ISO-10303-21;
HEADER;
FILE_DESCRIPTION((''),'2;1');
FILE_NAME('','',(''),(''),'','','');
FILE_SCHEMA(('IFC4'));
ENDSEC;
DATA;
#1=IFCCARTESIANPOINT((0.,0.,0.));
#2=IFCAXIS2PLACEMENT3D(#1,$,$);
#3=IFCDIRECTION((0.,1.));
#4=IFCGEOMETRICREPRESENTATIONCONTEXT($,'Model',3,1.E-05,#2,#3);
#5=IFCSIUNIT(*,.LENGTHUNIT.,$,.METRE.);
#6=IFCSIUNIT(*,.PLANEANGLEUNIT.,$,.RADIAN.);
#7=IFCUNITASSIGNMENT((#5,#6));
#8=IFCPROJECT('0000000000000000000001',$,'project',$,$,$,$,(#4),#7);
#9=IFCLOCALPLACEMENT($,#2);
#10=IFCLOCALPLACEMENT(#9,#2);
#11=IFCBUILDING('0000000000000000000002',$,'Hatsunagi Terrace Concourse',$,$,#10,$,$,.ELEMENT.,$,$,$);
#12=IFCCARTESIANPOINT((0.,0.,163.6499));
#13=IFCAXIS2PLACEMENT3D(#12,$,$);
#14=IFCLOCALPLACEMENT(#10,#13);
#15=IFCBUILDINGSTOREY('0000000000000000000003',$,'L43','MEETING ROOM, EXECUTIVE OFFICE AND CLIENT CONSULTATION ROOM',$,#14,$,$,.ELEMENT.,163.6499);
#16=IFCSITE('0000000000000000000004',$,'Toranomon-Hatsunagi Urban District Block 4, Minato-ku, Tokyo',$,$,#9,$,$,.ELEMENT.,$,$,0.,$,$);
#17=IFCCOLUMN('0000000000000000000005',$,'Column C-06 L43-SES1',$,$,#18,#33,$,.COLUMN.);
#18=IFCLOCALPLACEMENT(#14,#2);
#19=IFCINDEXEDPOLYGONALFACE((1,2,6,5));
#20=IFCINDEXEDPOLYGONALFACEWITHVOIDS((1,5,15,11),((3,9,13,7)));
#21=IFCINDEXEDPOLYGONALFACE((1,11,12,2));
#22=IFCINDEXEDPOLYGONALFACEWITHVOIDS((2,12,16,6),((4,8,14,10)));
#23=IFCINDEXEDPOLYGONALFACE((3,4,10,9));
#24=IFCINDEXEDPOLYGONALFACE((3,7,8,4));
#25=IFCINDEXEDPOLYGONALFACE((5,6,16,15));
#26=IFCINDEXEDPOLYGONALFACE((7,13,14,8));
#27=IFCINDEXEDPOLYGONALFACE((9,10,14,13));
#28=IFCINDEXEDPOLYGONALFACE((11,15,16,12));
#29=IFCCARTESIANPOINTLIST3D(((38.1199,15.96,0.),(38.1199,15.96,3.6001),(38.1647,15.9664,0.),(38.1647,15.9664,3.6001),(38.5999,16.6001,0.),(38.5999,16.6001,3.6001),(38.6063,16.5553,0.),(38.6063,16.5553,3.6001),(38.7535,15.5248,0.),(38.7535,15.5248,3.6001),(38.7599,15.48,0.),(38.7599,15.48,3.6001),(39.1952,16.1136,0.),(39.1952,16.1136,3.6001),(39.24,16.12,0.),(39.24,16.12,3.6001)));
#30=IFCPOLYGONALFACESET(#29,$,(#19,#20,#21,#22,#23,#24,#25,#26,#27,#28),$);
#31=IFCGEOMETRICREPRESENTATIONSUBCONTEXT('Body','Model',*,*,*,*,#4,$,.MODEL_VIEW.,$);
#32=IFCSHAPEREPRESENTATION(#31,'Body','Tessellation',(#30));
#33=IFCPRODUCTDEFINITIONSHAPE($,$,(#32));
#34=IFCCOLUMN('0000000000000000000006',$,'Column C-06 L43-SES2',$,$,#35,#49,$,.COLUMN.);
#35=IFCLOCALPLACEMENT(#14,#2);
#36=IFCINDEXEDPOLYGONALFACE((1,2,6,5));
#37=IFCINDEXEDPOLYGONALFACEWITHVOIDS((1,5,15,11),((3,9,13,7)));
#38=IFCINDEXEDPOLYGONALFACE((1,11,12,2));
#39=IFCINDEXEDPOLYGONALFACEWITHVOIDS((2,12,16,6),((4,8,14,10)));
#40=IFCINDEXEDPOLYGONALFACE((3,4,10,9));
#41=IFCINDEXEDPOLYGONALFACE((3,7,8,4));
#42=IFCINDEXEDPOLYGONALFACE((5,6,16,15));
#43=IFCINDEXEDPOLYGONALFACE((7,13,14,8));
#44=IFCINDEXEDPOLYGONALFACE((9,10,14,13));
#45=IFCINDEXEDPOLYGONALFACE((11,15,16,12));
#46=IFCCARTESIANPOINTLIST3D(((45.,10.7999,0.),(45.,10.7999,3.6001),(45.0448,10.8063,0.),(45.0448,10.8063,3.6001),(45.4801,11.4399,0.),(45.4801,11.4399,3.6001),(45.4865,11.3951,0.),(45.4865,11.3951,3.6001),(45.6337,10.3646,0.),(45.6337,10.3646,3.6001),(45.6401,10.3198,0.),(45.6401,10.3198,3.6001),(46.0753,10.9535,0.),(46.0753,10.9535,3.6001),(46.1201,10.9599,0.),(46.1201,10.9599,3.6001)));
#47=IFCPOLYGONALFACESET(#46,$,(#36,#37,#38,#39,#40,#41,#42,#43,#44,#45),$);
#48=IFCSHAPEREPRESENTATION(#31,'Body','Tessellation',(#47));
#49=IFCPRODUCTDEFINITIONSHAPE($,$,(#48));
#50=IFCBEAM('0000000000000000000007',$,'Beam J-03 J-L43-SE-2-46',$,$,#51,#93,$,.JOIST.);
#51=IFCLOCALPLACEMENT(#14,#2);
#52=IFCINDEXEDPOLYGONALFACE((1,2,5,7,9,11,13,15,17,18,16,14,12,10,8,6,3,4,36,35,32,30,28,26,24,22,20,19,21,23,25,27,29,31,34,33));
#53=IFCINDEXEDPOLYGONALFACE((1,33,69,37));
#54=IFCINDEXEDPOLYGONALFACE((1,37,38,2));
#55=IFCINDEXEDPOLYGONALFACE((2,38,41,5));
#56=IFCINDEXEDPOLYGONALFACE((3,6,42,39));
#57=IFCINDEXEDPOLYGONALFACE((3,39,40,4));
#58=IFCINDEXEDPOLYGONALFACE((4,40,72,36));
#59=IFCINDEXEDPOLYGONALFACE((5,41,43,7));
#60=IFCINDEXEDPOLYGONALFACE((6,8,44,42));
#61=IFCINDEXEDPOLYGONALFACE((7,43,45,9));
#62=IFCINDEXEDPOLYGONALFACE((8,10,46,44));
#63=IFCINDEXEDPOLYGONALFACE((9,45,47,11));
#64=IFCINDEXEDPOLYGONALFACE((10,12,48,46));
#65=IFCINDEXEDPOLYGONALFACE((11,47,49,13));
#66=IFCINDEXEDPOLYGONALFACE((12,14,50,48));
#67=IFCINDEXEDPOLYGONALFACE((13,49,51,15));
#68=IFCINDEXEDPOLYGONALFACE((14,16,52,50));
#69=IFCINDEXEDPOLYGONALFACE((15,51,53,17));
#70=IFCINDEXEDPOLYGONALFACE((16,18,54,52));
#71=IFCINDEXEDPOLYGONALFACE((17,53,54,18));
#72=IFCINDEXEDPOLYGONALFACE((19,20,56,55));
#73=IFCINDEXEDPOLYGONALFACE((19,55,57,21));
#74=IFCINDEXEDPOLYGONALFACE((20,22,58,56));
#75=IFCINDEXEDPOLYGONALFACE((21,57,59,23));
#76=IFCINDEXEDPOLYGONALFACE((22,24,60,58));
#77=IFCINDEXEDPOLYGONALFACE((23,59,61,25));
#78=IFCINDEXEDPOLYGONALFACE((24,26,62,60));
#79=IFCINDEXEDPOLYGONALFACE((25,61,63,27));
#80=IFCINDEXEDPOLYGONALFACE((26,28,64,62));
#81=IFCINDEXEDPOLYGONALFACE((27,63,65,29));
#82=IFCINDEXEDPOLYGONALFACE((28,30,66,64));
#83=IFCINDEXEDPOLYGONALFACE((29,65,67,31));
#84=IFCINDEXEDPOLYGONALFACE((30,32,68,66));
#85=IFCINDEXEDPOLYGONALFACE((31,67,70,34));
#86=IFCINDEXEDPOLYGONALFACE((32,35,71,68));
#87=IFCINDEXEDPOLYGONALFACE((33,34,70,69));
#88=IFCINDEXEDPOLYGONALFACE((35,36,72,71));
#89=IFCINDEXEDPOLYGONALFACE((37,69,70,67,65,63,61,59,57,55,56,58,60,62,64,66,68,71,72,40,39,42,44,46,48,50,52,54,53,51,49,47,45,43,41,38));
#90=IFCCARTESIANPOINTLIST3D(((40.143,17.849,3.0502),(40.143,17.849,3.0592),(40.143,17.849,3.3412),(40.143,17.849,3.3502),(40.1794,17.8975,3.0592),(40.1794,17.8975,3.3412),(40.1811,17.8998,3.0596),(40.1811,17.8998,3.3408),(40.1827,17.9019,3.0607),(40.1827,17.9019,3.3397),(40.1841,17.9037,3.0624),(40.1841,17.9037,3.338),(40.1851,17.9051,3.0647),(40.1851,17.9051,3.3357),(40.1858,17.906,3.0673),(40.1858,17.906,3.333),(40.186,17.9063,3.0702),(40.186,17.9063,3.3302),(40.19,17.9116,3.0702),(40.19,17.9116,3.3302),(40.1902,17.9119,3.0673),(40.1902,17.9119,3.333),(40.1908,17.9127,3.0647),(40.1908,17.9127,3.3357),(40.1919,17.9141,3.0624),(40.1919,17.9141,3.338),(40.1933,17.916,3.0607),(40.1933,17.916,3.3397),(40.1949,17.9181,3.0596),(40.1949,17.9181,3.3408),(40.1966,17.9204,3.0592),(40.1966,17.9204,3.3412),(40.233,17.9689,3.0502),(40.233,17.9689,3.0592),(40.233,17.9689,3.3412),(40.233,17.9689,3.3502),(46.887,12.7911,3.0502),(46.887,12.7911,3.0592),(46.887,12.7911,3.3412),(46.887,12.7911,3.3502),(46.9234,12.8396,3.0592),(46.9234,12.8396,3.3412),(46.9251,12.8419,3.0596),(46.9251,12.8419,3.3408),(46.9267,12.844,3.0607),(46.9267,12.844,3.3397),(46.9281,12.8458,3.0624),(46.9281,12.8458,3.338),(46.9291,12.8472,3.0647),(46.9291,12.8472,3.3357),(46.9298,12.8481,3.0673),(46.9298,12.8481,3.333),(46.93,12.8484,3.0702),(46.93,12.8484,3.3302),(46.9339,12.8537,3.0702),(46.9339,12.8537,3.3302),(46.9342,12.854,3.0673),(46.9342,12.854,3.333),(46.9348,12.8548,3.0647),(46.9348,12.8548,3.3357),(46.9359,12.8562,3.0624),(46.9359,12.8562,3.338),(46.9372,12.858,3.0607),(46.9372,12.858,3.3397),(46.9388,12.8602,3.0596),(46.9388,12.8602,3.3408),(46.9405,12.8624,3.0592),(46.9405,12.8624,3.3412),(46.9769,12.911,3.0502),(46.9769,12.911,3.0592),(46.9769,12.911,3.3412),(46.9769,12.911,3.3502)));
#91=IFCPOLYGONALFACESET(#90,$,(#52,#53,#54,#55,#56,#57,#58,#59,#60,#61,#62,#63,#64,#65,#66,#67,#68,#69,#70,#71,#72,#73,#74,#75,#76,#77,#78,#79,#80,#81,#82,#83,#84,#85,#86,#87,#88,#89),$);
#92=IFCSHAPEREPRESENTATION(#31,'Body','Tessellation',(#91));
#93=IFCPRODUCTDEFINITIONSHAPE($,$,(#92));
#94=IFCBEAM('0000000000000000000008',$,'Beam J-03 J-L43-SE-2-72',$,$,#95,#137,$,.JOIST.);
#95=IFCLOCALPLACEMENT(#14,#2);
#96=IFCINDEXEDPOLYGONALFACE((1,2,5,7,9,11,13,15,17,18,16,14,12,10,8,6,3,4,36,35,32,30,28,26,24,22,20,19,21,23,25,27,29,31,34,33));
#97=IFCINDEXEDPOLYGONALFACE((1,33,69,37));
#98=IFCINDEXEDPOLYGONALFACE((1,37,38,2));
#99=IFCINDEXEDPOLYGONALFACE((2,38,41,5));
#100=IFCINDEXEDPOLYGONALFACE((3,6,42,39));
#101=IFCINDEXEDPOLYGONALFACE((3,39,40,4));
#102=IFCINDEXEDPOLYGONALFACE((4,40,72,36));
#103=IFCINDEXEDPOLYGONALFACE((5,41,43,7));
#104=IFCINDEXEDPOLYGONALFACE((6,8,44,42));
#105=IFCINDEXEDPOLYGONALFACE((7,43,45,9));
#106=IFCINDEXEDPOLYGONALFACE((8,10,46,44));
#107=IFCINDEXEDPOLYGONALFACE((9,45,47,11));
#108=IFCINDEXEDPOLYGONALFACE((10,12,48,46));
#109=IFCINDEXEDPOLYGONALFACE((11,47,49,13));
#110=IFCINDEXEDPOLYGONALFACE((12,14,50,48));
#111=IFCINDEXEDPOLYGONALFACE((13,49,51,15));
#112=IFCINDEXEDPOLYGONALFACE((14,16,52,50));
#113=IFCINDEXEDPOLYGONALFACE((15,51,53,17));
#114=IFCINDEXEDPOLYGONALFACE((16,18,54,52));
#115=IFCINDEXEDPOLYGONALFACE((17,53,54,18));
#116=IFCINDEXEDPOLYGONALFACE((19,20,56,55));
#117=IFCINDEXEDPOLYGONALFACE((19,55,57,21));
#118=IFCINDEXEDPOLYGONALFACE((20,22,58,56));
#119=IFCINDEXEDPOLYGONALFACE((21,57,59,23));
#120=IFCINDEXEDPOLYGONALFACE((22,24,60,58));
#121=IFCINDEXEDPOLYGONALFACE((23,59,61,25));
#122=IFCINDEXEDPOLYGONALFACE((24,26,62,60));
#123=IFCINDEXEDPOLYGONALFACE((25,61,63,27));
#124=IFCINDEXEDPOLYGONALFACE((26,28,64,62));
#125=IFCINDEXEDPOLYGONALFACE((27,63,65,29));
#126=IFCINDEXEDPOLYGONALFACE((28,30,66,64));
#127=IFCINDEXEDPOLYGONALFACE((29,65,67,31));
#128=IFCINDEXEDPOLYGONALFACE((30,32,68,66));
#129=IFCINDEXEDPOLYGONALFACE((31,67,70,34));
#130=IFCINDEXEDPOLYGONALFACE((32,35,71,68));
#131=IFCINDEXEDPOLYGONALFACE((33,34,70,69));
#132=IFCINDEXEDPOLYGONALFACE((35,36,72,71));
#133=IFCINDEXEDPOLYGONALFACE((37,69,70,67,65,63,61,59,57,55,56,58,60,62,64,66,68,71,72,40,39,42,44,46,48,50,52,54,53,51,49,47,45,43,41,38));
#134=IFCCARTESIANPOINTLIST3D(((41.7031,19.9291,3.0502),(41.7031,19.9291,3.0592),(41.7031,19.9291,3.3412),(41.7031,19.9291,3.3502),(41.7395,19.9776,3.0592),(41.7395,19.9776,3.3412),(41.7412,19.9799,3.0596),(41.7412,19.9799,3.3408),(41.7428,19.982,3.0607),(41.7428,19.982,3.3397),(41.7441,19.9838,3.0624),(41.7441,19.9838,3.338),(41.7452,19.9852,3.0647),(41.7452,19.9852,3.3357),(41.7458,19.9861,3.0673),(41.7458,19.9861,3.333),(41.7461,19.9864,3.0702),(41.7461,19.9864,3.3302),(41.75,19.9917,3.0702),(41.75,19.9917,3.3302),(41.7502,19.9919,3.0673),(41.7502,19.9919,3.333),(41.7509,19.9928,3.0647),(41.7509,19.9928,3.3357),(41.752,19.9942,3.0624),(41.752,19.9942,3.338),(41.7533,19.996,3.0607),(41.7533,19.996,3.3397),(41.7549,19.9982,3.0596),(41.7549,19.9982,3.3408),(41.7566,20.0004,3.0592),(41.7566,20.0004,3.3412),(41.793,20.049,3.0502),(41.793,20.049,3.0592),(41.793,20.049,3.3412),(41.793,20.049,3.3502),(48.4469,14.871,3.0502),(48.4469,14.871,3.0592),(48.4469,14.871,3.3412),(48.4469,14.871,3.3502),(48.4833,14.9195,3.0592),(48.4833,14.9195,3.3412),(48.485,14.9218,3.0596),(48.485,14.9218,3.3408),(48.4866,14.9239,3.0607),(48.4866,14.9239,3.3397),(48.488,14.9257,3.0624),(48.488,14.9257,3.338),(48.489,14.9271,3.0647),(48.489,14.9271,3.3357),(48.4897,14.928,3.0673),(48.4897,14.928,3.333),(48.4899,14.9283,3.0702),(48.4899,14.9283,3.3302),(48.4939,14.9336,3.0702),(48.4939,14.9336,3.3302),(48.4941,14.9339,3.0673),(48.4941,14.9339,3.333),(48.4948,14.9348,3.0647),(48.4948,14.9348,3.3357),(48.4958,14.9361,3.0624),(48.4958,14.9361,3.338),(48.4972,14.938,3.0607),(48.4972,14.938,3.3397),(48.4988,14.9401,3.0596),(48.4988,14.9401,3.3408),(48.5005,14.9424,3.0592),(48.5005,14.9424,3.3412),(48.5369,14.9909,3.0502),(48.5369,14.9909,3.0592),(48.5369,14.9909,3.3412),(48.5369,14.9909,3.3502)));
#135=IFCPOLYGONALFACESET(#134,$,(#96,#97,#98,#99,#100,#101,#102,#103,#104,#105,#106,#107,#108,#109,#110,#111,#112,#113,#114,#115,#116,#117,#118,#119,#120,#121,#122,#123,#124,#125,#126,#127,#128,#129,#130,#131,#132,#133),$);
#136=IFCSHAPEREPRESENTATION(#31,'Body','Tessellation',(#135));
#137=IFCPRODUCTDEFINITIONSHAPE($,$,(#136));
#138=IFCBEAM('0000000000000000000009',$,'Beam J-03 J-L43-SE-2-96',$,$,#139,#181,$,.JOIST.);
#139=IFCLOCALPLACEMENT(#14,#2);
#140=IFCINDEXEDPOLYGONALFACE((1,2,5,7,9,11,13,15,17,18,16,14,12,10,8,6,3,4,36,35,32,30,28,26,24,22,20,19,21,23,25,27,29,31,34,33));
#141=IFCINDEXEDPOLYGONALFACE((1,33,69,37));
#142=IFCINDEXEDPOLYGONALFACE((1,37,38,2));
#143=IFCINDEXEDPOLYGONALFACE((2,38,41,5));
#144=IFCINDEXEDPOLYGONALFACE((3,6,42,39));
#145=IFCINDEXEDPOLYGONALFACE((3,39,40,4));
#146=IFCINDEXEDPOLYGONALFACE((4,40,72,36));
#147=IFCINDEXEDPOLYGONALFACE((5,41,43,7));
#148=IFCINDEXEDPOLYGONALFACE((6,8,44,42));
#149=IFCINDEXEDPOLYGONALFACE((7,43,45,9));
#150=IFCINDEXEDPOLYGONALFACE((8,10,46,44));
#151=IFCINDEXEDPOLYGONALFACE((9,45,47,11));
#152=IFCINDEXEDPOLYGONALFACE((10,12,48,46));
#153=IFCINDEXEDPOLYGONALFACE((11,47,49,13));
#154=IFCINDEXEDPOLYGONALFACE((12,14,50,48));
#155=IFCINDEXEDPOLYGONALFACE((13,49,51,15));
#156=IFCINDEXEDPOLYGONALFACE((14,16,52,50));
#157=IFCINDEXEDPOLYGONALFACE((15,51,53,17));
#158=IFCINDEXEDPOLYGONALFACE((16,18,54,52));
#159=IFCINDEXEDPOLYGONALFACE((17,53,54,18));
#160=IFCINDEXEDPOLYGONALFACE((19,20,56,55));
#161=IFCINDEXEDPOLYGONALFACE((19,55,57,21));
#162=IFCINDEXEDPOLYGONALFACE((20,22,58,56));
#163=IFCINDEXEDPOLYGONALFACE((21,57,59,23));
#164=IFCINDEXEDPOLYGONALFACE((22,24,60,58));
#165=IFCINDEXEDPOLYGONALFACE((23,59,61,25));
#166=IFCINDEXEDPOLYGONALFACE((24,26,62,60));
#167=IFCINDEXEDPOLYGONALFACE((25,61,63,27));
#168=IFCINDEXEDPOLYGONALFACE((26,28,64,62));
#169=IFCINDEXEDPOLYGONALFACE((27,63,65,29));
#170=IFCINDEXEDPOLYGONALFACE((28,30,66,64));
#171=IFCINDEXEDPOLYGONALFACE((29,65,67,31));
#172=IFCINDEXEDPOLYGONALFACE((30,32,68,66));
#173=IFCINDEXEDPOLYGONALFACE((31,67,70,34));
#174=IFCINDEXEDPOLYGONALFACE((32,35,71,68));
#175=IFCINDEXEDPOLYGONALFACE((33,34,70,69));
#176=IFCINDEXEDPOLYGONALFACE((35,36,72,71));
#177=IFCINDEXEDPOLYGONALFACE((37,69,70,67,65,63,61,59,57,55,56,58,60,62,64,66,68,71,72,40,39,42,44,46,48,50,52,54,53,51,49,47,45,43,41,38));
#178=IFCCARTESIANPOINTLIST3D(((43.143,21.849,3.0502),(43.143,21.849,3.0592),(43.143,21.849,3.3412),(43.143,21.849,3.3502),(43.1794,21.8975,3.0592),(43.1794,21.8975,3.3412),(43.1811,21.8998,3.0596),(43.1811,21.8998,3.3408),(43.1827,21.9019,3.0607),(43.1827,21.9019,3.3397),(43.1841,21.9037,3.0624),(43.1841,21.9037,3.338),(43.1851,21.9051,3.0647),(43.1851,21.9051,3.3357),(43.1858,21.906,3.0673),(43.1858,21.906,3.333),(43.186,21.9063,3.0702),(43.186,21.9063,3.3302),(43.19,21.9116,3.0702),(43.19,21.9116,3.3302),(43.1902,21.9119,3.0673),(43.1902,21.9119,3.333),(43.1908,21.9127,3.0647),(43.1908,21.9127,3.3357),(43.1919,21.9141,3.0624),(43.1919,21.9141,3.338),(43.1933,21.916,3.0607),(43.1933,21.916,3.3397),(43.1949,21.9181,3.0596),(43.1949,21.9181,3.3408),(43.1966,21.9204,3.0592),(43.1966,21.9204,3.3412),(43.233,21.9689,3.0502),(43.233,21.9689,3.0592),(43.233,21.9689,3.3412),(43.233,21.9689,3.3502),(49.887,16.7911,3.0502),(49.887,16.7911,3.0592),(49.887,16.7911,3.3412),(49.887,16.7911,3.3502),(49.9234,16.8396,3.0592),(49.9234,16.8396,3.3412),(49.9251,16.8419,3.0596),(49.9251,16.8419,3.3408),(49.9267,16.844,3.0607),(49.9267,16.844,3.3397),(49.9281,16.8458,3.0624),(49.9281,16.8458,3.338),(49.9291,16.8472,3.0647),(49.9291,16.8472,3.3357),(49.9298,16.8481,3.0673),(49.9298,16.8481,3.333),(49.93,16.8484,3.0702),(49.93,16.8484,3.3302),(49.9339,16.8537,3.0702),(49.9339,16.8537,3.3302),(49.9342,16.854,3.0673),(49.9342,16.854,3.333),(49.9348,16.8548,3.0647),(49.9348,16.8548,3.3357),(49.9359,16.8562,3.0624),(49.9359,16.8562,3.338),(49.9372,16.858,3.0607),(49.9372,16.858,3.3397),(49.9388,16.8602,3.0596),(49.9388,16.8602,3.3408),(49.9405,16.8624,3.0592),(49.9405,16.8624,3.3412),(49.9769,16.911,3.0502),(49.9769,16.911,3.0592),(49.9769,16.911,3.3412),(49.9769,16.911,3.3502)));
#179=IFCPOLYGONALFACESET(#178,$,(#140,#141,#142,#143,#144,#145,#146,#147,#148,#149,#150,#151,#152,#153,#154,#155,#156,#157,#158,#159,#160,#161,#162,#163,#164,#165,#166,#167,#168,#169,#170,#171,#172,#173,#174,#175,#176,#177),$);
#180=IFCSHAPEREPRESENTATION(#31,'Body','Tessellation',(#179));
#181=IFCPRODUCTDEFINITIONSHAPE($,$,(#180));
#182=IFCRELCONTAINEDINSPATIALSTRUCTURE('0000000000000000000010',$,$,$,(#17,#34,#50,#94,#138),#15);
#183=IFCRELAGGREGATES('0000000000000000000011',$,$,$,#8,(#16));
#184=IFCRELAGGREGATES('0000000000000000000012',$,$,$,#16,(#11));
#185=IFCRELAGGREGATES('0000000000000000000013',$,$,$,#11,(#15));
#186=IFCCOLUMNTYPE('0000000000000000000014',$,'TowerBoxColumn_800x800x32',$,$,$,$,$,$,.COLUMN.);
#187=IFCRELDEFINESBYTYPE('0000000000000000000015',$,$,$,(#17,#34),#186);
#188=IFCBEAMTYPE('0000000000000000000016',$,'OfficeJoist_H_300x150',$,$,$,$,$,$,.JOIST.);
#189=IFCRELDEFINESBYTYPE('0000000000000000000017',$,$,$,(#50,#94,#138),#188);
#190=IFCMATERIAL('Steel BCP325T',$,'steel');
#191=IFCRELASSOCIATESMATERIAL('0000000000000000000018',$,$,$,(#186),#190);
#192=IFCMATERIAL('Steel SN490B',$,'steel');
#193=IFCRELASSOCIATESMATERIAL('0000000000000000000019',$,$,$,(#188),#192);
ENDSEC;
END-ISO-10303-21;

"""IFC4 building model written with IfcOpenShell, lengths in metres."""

from ifc_helpers import new_model, si_unit, direction, frame, origin, origin_2d, place, context, subcontext, project, spatial, hollow_rectangle, i_section, extrude, material, material_profile, profile_set, type_object, element, save


model = new_model("IFC4")

# Units and contexts
model_context = context("Model", 3, precision=1e-05, world=origin(), true_north=direction((0.0, 1.0)))
body_context = subcontext(model_context, "Body", "Model", "MODEL_VIEW")
ifc_project = project(units=[si_unit("LENGTHUNIT", "METRE"), si_unit("PLANEANGLEUNIT", "RADIAN")], contexts=[model_context])

# Site, building, storey
site_placement = place(None, origin())
site = spatial("IfcSite", under=ifc_project, at=site_placement, Name="Toranomon-Hatsunagi Urban District Block 4, Minato-ku, Tokyo", CompositionType="ELEMENT", RefElevation=0.0)
building_placement = place(site_placement, origin())
building = spatial("IfcBuilding", under=site, at=building_placement, Name="Hatsunagi Terrace Concourse", CompositionType="ELEMENT")
storey_placement = place(building_placement, frame((0.0, 0.0, 163.6499)))
storey = spatial("IfcBuildingStorey", under=building, at=storey_placement, Name="L43", Description="MEETING ROOM, EXECUTIVE OFFICE AND CLIENT CONSULTATION ROOM", CompositionType="ELEMENT", Elevation=163.6499)

# Columns
ifc_material_1 = material(Name="Steel BCP325T", Category="steel")
ifc_material_profile_1 = material_profile(ifc_material_1, hollow_rectangle(XDim=0.8, YDim=0.8, WallThickness=0.032, at=origin_2d()), Name="BCP-800x800x32")
ifc_profile_set_1 = profile_set([ifc_material_profile_1], Name="Steel BCP325T")
column_type = type_object("IfcColumnType", Name="TowerBoxColumn_800x800x32", PredefinedType="COLUMN", material=ifc_profile_set_1)
for number, where, z_axis, x_axis, name in (
    (1, (38.6799, 16.04, 0.0), (0.0, 0.0, 1.0), (0.8, -0.6, 0.0), "Column C-06 L43-SES1"),
    (2, (45.5601, 10.8799, 0.0), (0.0, 0.0, 1.0), (0.8, -0.6, 0.0), "Column C-06 L43-SES2"),
):
    element("IfcColumn", number, at=place(storey_placement, frame(where, z_axis=z_axis, x_axis=x_axis)), inside=storey, type_object=column_type, Name=name, PredefinedType="COLUMN", context=body_context, shape_type="SweptSolid", body=[
        extrude(hollow_rectangle(XDim=0.8, YDim=0.8, WallThickness=0.032, at=origin_2d()), origin(), (0.0, 0.0, 1.0), 3.6001),
    ])

# Beams
ifc_material_2 = material(Name="Steel SN490B", Category="steel")
ifc_material_profile_2 = material_profile(ifc_material_2, i_section(OverallWidth=0.1499, OverallDepth=0.3, WebThickness=0.0066, FlangeThickness=0.009, FilletRadius=0.011, at=origin_2d()), Name="H-300x150x6.5x9")
ifc_profile_set_2 = profile_set([ifc_material_profile_2], Name="Steel SN490B")
beam_type_1 = type_object("IfcBeamType", Name="OfficeJoist_H_300x150", PredefinedType="JOIST", material=ifc_profile_set_2)
for number, where, z_axis, x_axis, name in (
    (3, (40.188, 17.9089, 3.2002), (0.800003, -0.599995, 0.0), (0.599995, 0.800003, 0.0), "Beam J-03 J-L43-SE-2-46"),
    (4, (41.748, 19.989, 3.2002), (0.79999, -0.600014, 0.0), (0.600014, 0.79999, 0.0), "Beam J-03 J-L43-SE-2-72"),
    (5, (43.188, 21.9089, 3.2002), (0.800003, -0.599995, 0.0), (0.599995, 0.800003, 0.0), "Beam J-03 J-L43-SE-2-96"),
):
    element("IfcBeam", number, at=place(storey_placement, frame(where, z_axis=z_axis, x_axis=x_axis)), inside=storey, type_object=beam_type_1, Name=name, PredefinedType="JOIST", context=body_context, shape_type="SweptSolid", body=[
        extrude(i_section(OverallWidth=0.1499, OverallDepth=0.3, WebThickness=0.0066, FlangeThickness=0.009, FilletRadius=0.011, at=origin_2d()), origin(), (0.0, 0.0, 1.0), 8.4299),
    ])

save(model, "model.ifc")
